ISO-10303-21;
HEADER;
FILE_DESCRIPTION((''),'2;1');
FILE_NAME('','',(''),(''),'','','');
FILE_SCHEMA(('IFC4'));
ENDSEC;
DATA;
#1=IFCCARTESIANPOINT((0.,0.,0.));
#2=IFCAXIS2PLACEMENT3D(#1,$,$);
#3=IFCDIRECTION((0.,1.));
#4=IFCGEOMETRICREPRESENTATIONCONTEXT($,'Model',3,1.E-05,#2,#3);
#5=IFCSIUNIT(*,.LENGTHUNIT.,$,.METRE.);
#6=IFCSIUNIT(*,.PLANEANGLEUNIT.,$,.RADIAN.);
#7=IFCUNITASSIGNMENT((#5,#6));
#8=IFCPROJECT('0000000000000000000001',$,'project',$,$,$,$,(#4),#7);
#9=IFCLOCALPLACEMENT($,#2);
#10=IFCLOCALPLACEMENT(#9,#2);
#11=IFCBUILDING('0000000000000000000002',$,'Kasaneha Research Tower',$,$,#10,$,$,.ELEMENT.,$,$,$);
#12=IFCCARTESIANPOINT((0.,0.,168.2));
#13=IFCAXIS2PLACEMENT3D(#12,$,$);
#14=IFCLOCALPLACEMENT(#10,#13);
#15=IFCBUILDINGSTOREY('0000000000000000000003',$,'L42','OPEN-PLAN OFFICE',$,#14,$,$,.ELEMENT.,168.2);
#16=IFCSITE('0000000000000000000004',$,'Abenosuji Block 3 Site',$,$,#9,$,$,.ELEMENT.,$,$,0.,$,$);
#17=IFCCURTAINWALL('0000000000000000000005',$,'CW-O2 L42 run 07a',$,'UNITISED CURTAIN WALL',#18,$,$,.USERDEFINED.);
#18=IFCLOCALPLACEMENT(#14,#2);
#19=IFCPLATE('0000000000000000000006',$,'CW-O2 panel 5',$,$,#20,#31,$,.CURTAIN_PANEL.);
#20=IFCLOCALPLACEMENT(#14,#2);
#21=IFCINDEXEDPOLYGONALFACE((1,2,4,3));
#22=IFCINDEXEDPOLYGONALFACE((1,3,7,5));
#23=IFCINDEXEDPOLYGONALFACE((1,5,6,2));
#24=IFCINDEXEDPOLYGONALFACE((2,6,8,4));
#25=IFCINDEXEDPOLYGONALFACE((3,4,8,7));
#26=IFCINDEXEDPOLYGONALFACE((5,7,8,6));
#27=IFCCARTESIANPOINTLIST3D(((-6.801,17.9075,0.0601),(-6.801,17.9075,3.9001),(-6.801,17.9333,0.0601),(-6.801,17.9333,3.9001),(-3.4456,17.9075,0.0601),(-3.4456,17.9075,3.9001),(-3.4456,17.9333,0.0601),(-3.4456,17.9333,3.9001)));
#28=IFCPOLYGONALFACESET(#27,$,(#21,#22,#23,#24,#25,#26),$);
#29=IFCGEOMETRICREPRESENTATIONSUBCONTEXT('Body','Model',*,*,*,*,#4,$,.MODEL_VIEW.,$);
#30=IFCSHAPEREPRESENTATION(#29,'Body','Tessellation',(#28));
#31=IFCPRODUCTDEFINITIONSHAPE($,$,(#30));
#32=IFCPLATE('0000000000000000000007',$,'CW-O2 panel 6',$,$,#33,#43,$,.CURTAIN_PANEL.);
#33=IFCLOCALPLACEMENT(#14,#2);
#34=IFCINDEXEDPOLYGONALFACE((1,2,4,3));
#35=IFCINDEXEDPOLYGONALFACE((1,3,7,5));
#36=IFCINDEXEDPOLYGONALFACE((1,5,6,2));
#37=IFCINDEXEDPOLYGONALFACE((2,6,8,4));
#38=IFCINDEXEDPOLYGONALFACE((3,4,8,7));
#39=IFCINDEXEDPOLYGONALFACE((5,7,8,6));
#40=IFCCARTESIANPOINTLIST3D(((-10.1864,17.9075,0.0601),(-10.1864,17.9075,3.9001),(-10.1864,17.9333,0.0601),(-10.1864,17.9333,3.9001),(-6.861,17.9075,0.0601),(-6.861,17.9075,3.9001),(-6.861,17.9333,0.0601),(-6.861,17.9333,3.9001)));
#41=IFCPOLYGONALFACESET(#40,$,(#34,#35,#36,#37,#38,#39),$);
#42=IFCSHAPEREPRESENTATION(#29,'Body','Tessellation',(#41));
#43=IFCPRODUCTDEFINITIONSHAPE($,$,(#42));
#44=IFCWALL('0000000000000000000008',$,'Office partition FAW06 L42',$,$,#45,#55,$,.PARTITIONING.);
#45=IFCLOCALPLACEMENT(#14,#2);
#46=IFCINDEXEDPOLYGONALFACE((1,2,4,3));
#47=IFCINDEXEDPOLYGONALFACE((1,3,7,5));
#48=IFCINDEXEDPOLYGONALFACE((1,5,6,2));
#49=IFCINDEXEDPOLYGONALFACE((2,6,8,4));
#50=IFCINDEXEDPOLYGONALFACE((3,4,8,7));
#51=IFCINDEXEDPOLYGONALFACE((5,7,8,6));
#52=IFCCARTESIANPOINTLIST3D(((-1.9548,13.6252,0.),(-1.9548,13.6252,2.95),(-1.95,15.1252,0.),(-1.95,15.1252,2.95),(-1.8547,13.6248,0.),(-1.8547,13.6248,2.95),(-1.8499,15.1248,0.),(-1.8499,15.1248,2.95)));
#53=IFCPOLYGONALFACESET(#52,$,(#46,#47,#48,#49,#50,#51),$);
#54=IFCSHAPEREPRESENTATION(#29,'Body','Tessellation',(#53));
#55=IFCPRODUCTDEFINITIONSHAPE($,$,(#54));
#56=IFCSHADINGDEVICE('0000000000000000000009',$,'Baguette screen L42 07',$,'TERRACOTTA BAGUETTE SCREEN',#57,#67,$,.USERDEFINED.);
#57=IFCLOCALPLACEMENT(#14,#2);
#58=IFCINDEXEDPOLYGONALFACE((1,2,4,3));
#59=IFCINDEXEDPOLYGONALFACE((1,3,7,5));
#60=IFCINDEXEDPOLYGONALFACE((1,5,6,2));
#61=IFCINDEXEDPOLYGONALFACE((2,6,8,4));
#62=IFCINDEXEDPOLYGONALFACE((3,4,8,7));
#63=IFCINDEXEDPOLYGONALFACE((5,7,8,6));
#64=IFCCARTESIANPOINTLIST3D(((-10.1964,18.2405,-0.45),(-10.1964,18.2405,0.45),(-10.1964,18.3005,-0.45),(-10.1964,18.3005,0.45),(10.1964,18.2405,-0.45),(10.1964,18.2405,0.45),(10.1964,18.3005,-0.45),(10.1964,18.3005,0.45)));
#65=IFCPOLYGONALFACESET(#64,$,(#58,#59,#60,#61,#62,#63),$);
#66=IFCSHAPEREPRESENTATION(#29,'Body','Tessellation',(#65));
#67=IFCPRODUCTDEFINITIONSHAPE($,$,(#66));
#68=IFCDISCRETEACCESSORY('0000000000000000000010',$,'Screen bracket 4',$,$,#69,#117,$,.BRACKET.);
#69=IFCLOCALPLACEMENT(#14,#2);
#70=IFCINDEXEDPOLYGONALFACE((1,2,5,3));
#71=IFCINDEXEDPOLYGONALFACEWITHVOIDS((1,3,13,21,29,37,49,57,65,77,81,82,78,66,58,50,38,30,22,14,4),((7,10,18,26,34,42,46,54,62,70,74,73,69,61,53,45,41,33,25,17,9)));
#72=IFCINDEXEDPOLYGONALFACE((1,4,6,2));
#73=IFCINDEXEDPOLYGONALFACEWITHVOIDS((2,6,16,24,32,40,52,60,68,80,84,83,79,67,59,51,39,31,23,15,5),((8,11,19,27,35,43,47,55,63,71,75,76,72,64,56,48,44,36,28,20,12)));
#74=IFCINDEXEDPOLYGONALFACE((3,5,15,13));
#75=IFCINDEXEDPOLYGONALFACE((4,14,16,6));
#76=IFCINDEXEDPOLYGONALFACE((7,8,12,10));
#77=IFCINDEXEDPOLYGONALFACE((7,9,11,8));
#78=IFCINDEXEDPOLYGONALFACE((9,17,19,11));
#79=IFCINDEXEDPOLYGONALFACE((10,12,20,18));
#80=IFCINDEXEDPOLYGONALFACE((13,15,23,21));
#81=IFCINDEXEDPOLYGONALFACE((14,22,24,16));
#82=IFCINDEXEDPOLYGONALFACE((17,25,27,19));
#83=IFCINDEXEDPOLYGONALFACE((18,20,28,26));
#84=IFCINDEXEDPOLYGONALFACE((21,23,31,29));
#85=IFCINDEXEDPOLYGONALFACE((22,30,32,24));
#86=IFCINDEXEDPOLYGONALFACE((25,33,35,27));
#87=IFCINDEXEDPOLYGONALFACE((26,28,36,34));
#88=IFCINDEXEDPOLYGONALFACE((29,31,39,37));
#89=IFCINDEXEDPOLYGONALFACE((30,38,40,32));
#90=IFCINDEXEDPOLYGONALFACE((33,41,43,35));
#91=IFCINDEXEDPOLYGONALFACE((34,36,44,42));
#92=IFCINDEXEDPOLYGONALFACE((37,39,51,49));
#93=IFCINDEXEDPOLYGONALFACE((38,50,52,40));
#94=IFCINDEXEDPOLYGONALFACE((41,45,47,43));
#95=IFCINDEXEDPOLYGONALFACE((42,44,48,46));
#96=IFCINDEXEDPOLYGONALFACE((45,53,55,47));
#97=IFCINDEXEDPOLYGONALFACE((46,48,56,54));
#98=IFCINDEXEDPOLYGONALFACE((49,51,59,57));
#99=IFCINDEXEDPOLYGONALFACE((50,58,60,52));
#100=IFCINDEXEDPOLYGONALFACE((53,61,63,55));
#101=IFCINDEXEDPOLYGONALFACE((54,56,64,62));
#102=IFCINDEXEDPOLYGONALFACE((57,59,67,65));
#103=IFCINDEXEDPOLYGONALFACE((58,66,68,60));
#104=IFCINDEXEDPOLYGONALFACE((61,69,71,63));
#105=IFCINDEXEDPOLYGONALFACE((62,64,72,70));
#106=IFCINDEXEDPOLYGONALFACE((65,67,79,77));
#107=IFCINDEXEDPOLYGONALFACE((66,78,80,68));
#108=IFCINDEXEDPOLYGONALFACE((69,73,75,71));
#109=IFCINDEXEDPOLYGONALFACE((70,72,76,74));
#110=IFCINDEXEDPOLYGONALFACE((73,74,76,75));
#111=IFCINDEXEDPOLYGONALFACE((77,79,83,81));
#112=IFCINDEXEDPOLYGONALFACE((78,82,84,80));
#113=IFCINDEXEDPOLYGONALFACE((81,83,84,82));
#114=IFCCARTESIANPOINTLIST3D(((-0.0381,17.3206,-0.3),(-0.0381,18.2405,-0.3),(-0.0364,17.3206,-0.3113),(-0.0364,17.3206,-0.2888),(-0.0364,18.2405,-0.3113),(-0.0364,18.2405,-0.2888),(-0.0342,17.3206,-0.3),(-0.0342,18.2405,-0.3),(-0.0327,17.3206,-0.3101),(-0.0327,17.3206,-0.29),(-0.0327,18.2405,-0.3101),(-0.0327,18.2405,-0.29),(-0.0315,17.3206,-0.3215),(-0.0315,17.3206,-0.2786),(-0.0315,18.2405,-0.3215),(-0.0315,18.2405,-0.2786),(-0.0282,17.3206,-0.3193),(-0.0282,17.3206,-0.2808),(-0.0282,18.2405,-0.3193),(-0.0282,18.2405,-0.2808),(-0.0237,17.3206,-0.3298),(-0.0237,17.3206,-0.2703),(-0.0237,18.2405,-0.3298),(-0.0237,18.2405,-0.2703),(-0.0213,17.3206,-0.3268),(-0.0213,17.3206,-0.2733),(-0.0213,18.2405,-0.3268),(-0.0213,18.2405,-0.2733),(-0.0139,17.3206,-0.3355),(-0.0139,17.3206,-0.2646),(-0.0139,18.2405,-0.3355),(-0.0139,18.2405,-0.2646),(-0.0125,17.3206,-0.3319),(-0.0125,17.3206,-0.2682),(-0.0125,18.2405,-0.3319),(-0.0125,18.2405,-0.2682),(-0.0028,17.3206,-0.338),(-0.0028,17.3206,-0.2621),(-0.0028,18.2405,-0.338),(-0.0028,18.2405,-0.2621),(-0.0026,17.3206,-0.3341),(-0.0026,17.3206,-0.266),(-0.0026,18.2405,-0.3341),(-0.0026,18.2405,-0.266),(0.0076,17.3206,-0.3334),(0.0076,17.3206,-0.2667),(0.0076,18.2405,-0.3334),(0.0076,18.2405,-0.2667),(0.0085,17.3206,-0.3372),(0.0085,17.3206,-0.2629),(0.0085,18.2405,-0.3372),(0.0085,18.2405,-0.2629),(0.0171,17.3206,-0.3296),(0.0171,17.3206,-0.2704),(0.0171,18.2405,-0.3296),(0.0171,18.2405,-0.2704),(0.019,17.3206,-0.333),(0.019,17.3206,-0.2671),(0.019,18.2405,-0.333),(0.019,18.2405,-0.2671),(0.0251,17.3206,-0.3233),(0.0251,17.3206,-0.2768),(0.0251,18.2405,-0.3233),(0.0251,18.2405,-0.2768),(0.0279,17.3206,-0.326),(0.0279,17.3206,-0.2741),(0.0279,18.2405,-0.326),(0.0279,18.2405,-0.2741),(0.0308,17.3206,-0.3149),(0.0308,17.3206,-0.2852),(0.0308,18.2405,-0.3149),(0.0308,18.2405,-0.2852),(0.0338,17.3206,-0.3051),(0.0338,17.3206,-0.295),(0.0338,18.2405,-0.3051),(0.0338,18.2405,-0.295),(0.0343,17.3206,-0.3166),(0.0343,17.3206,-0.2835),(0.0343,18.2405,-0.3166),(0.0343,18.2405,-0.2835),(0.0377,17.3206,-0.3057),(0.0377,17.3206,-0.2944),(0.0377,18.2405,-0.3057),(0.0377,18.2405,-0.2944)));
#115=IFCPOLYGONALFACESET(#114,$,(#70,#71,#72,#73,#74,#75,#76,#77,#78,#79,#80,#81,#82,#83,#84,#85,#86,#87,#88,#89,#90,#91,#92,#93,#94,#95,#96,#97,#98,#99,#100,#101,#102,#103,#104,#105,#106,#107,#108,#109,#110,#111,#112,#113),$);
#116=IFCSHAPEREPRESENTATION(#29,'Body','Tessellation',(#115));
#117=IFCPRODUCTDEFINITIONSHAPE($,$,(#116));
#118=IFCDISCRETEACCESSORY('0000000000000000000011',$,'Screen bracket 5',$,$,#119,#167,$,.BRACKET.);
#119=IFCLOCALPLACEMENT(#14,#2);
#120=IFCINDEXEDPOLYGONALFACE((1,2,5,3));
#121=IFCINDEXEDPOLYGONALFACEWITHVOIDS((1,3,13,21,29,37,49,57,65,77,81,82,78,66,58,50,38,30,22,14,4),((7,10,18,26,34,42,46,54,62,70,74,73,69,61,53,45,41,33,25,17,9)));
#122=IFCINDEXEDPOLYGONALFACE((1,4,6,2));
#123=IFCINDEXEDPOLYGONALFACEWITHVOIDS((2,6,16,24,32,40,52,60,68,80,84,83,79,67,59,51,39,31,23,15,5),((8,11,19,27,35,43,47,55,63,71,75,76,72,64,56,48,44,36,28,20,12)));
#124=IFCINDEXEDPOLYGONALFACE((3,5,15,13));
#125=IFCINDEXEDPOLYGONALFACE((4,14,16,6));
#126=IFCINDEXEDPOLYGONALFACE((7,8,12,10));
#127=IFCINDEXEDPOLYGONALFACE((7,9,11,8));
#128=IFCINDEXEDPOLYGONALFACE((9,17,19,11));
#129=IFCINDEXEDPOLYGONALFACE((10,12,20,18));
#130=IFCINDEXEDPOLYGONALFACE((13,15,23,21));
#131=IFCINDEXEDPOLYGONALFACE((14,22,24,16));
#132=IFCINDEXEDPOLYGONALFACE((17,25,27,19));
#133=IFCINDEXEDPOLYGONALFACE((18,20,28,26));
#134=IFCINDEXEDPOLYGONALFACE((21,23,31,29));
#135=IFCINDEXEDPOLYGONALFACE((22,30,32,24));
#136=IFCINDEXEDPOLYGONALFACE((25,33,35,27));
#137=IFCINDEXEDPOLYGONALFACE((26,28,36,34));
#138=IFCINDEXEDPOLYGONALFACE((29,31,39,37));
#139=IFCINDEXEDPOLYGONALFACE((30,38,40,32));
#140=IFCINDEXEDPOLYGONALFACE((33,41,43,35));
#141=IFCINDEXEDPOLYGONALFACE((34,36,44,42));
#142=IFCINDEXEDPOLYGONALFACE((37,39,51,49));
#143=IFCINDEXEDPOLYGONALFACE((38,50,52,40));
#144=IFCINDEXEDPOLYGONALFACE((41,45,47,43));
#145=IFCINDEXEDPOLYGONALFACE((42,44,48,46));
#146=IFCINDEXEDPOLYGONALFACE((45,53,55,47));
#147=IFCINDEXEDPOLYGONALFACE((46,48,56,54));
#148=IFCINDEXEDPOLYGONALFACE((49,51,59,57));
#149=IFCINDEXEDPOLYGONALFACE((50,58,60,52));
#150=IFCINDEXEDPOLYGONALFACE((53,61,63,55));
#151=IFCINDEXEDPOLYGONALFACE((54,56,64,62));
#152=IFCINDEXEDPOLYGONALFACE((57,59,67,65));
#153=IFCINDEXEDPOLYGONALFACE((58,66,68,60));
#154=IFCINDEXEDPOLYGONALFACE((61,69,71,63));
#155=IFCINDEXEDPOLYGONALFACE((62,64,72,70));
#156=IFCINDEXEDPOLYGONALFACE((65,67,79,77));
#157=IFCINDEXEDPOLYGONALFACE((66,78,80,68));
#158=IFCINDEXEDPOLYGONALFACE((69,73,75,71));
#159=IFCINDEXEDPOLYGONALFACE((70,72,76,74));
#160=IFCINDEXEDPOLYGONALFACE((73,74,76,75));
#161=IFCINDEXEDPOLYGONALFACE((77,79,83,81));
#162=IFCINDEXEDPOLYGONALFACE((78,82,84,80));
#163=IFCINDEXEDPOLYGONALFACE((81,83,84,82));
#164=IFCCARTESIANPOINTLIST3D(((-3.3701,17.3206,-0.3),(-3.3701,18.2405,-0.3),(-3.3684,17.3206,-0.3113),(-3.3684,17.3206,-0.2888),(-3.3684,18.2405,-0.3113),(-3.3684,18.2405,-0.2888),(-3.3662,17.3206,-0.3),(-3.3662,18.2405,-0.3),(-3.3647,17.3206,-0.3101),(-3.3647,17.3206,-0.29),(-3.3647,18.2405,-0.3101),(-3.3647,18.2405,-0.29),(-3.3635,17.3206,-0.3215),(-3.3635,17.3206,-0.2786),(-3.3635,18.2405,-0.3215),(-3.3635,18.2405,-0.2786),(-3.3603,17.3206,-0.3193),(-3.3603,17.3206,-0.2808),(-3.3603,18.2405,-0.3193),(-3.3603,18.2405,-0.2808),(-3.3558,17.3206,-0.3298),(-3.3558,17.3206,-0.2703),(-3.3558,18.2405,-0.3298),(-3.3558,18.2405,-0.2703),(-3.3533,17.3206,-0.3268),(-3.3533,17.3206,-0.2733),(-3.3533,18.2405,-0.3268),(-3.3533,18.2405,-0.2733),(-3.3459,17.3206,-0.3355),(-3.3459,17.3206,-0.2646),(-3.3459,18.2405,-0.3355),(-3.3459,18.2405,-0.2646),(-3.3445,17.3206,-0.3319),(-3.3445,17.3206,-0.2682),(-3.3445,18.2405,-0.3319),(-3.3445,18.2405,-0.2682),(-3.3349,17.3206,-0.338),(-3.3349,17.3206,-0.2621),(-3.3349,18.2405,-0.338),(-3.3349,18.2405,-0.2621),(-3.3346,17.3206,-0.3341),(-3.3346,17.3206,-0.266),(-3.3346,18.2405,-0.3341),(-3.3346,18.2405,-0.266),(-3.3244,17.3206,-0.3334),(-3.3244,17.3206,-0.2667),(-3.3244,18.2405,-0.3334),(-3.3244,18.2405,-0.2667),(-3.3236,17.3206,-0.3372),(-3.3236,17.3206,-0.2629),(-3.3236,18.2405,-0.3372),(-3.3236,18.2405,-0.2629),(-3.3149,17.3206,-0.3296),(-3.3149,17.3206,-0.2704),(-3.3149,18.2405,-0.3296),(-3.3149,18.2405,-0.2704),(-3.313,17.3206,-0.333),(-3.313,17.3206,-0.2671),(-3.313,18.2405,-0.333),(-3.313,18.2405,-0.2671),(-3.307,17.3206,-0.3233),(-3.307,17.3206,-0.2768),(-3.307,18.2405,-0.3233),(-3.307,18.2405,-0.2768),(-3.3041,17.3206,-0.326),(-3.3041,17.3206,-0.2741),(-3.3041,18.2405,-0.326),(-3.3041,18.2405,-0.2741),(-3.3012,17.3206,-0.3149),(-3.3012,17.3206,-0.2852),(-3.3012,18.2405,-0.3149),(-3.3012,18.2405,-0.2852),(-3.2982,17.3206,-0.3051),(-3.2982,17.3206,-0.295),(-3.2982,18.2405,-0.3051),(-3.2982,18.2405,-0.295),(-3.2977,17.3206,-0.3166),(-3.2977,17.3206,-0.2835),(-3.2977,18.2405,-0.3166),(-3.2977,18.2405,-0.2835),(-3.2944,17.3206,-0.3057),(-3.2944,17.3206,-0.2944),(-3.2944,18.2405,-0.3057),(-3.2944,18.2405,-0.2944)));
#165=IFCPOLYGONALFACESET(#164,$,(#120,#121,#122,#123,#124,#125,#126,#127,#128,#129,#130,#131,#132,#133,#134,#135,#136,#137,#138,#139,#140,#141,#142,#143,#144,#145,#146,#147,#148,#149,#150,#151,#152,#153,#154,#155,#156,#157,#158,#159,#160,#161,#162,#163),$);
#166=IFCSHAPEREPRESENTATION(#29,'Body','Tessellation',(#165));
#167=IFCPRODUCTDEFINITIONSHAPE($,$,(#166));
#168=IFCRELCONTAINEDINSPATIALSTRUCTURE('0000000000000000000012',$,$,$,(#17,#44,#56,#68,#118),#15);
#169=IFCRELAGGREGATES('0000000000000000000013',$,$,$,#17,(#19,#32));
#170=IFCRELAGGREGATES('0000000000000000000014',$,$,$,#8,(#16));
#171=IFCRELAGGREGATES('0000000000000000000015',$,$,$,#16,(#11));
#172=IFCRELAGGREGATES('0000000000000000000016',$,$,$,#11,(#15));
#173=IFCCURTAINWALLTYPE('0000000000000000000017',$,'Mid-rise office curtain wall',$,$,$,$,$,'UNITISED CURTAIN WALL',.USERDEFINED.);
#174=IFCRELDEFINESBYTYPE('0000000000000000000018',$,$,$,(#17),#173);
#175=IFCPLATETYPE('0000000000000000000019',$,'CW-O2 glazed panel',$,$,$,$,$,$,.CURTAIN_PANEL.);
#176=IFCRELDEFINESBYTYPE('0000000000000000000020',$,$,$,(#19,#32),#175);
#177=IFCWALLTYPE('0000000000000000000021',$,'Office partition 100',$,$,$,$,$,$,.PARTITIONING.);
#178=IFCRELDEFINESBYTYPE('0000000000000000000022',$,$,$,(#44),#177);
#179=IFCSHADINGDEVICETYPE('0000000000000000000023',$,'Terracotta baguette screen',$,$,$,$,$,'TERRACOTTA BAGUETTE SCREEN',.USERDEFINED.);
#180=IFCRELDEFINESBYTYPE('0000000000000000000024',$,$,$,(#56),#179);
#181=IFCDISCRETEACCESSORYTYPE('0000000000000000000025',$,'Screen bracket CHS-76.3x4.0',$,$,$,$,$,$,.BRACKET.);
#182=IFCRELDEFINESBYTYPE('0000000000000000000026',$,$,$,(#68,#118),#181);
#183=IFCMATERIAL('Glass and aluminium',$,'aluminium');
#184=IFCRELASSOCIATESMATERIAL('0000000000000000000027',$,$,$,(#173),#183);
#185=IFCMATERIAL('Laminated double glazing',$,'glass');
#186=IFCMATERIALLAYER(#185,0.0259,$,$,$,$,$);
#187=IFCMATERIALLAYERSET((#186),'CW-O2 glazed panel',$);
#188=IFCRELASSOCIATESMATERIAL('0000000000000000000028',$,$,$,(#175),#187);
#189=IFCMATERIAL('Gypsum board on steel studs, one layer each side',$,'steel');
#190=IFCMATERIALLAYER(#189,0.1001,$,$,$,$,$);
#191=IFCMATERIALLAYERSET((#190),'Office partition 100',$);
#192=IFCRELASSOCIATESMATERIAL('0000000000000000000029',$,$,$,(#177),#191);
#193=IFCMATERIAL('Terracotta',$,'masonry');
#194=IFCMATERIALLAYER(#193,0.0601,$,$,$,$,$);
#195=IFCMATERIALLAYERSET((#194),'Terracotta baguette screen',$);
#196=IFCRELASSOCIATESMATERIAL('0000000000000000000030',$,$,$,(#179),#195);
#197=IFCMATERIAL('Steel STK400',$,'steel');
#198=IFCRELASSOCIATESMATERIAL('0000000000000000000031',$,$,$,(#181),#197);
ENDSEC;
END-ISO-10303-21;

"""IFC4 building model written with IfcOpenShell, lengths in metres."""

from ifc_helpers import new_model, si_unit, direction, frame, frame_2d, origin, origin_2d, place, context, subcontext, project, spatial, rectangle, hollow_circle, extrude, material, layer, layer_set, material_profile, profile_set, type_object, element, aggregate, save


model = new_model("IFC4")

# Units and contexts
model_context = context("Model", 3, precision=1e-05, world=origin(), true_north=direction((0.0, 1.0)))
body_context = subcontext(model_context, "Body", "Model", "MODEL_VIEW")
ifc_project = project(units=[si_unit("LENGTHUNIT", "METRE"), si_unit("PLANEANGLEUNIT", "RADIAN")], contexts=[model_context])

# Site, building, storey
site_placement = place(None, origin())
site = spatial("IfcSite", under=ifc_project, at=site_placement, Name="Abenosuji Block 3 Site", CompositionType="ELEMENT", RefElevation=0.0)
building_placement = place(site_placement, origin())
building = spatial("IfcBuilding", under=site, at=building_placement, Name="Kasaneha Research Tower", CompositionType="ELEMENT")
storey_placement = place(building_placement, frame((0.0, 0.0, 168.2)))
storey = spatial("IfcBuildingStorey", under=building, at=storey_placement, Name="L42", Description="OPEN-PLAN OFFICE", CompositionType="ELEMENT", Elevation=168.2)

# Curtain wall, plates
ifc_material_1 = material(Name="Glass and aluminium", Category="aluminium")
curtain_wall_type = type_object("IfcCurtainWallType", Name="Mid-rise office curtain wall", ElementType="UNITISED CURTAIN WALL", PredefinedType="USERDEFINED", material=ifc_material_1)
curtain_wall_placement = place(storey_placement, origin())
curtain_wall = element("IfcCurtainWall", 1, at=curtain_wall_placement, inside=storey, type_object=curtain_wall_type, Name="CW-O2 L42 run 07a", ObjectType="UNITISED CURTAIN WALL", PredefinedType="USERDEFINED")
ifc_material_2 = material(Name="Laminated double glazing", Category="glass")
ifc_layer_1 = layer(ifc_material_2, 0.0259)
ifc_layer_set_1 = layer_set([ifc_layer_1], Name="CW-O2 glazed panel")
plate_type = type_object("IfcPlateType", Name="CW-O2 glazed panel", PredefinedType="CURTAIN_PANEL", material=ifc_layer_set_1)
plate_1_placement = place(storey_placement, frame((-5.1233, 17.9204, 0.0601), z_axis=(0.0, 0.0, 1.0), x_axis=(-1.0, 0.0, 0.0)))
plate_1 = element("IfcPlate", 2, at=plate_1_placement, type_object=plate_type, Name="CW-O2 panel 5", PredefinedType="CURTAIN_PANEL", context=body_context, shape_type="SweptSolid", body=[
    extrude(rectangle(XDim=3.3555, YDim=0.0259, at=origin_2d()), origin(), (0.0, 0.0, 1.0), 3.8401),
])
plate_2_placement = place(storey_placement, frame((-8.5237, 17.9204, 0.0601), z_axis=(0.0, 0.0, 1.0), x_axis=(-1.0, 0.0, 0.0)))
plate_2 = element("IfcPlate", 3, at=plate_2_placement, type_object=plate_type, Name="CW-O2 panel 6", PredefinedType="CURTAIN_PANEL", context=body_context, shape_type="SweptSolid", body=[
    extrude(rectangle(XDim=3.3254, YDim=0.0259, at=origin_2d()), origin(), (0.0, 0.0, 1.0), 3.8401),
])
aggregate(curtain_wall, [plate_1, plate_2])

# Wall
ifc_material_3 = material(Name="Gypsum board on steel studs, one layer each side", Category="steel")
ifc_layer_2 = layer(ifc_material_3, 0.1001)
ifc_layer_set_2 = layer_set([ifc_layer_2], Name="Office partition 100")
wall_type = type_object("IfcWallType", Name="Office partition 100", PredefinedType="PARTITIONING", material=ifc_layer_set_2)
wall_placement = place(storey_placement, frame((-1.8999, 15.125, 0.0), z_axis=(0.0, 0.0, 1.0), x_axis=(-0.003255, -0.999995, 0.0)))
element("IfcWall", 4, at=wall_placement, inside=storey, type_object=wall_type, Name="Office partition FAW06 L42", PredefinedType="PARTITIONING", context=body_context, shape_type="SweptSolid", body=[
    extrude(rectangle(XDim=1.5, YDim=0.1001, at=frame_2d((0.75, 0.0))), origin(), (0.0, 0.0, 1.0), 2.95),
])

# Shading device
ifc_material_4 = material(Name="Terracotta", Category="masonry")
ifc_layer_3 = layer(ifc_material_4, 0.0601)
ifc_layer_set_3 = layer_set([ifc_layer_3], Name="Terracotta baguette screen")
shading_device_type = type_object("IfcShadingDeviceType", Name="Terracotta baguette screen", ElementType="TERRACOTTA BAGUETTE SCREEN", PredefinedType="USERDEFINED", material=ifc_layer_set_3)
shading_device_placement = place(storey_placement, frame((0.0, 18.2705, -0.45), z_axis=(0.0, 0.0, 1.0), x_axis=(-1.0, 0.0, 0.0)))
element("IfcShadingDevice", 5, at=shading_device_placement, inside=storey, type_object=shading_device_type, Name="Baguette screen L42 07", ObjectType="TERRACOTTA BAGUETTE SCREEN", PredefinedType="USERDEFINED", context=body_context, shape_type="SweptSolid", body=[
    extrude(rectangle(XDim=20.3928, YDim=0.0601, at=origin_2d()), origin(), (0.0, 0.0, 1.0), 0.8999),
])

# Discrete accessories
ifc_material_5 = material(Name="Steel STK400", Category="steel")
ifc_material_profile_1 = material_profile(ifc_material_5, hollow_circle(Radius=0.0381, WallThickness=0.0039, at=origin_2d()), Name="CHS-76.3x4.0")
ifc_profile_set_1 = profile_set([ifc_material_profile_1], Name="Steel STK400")
discrete_accessory_type = type_object("IfcDiscreteAccessoryType", Name="Screen bracket CHS-76.3x4.0", PredefinedType="BRACKET", material=ifc_profile_set_1)
for number, where, z_axis, x_axis, name in (
    (6, (0.0, 17.3206, -0.3), (0.0, 1.0, 0.0), (-1.0, 0.0, 0.0), "Screen bracket 4"),
    (7, (-3.332, 17.3206, -0.3), (0.0, 1.0, 0.0), (-1.0, 0.0, 0.0), "Screen bracket 5"),
):
    element("IfcDiscreteAccessory", number, at=place(storey_placement, frame(where, z_axis=z_axis, x_axis=x_axis)), inside=storey, type_object=discrete_accessory_type, Name=name, PredefinedType="BRACKET", context=body_context, shape_type="SweptSolid", body=[
        extrude(hollow_circle(Radius=0.0381, WallThickness=0.0039, at=origin_2d()), origin(), (0.0, 0.0, 1.0), 0.9199),
    ])

save(model, "model.ifc")
